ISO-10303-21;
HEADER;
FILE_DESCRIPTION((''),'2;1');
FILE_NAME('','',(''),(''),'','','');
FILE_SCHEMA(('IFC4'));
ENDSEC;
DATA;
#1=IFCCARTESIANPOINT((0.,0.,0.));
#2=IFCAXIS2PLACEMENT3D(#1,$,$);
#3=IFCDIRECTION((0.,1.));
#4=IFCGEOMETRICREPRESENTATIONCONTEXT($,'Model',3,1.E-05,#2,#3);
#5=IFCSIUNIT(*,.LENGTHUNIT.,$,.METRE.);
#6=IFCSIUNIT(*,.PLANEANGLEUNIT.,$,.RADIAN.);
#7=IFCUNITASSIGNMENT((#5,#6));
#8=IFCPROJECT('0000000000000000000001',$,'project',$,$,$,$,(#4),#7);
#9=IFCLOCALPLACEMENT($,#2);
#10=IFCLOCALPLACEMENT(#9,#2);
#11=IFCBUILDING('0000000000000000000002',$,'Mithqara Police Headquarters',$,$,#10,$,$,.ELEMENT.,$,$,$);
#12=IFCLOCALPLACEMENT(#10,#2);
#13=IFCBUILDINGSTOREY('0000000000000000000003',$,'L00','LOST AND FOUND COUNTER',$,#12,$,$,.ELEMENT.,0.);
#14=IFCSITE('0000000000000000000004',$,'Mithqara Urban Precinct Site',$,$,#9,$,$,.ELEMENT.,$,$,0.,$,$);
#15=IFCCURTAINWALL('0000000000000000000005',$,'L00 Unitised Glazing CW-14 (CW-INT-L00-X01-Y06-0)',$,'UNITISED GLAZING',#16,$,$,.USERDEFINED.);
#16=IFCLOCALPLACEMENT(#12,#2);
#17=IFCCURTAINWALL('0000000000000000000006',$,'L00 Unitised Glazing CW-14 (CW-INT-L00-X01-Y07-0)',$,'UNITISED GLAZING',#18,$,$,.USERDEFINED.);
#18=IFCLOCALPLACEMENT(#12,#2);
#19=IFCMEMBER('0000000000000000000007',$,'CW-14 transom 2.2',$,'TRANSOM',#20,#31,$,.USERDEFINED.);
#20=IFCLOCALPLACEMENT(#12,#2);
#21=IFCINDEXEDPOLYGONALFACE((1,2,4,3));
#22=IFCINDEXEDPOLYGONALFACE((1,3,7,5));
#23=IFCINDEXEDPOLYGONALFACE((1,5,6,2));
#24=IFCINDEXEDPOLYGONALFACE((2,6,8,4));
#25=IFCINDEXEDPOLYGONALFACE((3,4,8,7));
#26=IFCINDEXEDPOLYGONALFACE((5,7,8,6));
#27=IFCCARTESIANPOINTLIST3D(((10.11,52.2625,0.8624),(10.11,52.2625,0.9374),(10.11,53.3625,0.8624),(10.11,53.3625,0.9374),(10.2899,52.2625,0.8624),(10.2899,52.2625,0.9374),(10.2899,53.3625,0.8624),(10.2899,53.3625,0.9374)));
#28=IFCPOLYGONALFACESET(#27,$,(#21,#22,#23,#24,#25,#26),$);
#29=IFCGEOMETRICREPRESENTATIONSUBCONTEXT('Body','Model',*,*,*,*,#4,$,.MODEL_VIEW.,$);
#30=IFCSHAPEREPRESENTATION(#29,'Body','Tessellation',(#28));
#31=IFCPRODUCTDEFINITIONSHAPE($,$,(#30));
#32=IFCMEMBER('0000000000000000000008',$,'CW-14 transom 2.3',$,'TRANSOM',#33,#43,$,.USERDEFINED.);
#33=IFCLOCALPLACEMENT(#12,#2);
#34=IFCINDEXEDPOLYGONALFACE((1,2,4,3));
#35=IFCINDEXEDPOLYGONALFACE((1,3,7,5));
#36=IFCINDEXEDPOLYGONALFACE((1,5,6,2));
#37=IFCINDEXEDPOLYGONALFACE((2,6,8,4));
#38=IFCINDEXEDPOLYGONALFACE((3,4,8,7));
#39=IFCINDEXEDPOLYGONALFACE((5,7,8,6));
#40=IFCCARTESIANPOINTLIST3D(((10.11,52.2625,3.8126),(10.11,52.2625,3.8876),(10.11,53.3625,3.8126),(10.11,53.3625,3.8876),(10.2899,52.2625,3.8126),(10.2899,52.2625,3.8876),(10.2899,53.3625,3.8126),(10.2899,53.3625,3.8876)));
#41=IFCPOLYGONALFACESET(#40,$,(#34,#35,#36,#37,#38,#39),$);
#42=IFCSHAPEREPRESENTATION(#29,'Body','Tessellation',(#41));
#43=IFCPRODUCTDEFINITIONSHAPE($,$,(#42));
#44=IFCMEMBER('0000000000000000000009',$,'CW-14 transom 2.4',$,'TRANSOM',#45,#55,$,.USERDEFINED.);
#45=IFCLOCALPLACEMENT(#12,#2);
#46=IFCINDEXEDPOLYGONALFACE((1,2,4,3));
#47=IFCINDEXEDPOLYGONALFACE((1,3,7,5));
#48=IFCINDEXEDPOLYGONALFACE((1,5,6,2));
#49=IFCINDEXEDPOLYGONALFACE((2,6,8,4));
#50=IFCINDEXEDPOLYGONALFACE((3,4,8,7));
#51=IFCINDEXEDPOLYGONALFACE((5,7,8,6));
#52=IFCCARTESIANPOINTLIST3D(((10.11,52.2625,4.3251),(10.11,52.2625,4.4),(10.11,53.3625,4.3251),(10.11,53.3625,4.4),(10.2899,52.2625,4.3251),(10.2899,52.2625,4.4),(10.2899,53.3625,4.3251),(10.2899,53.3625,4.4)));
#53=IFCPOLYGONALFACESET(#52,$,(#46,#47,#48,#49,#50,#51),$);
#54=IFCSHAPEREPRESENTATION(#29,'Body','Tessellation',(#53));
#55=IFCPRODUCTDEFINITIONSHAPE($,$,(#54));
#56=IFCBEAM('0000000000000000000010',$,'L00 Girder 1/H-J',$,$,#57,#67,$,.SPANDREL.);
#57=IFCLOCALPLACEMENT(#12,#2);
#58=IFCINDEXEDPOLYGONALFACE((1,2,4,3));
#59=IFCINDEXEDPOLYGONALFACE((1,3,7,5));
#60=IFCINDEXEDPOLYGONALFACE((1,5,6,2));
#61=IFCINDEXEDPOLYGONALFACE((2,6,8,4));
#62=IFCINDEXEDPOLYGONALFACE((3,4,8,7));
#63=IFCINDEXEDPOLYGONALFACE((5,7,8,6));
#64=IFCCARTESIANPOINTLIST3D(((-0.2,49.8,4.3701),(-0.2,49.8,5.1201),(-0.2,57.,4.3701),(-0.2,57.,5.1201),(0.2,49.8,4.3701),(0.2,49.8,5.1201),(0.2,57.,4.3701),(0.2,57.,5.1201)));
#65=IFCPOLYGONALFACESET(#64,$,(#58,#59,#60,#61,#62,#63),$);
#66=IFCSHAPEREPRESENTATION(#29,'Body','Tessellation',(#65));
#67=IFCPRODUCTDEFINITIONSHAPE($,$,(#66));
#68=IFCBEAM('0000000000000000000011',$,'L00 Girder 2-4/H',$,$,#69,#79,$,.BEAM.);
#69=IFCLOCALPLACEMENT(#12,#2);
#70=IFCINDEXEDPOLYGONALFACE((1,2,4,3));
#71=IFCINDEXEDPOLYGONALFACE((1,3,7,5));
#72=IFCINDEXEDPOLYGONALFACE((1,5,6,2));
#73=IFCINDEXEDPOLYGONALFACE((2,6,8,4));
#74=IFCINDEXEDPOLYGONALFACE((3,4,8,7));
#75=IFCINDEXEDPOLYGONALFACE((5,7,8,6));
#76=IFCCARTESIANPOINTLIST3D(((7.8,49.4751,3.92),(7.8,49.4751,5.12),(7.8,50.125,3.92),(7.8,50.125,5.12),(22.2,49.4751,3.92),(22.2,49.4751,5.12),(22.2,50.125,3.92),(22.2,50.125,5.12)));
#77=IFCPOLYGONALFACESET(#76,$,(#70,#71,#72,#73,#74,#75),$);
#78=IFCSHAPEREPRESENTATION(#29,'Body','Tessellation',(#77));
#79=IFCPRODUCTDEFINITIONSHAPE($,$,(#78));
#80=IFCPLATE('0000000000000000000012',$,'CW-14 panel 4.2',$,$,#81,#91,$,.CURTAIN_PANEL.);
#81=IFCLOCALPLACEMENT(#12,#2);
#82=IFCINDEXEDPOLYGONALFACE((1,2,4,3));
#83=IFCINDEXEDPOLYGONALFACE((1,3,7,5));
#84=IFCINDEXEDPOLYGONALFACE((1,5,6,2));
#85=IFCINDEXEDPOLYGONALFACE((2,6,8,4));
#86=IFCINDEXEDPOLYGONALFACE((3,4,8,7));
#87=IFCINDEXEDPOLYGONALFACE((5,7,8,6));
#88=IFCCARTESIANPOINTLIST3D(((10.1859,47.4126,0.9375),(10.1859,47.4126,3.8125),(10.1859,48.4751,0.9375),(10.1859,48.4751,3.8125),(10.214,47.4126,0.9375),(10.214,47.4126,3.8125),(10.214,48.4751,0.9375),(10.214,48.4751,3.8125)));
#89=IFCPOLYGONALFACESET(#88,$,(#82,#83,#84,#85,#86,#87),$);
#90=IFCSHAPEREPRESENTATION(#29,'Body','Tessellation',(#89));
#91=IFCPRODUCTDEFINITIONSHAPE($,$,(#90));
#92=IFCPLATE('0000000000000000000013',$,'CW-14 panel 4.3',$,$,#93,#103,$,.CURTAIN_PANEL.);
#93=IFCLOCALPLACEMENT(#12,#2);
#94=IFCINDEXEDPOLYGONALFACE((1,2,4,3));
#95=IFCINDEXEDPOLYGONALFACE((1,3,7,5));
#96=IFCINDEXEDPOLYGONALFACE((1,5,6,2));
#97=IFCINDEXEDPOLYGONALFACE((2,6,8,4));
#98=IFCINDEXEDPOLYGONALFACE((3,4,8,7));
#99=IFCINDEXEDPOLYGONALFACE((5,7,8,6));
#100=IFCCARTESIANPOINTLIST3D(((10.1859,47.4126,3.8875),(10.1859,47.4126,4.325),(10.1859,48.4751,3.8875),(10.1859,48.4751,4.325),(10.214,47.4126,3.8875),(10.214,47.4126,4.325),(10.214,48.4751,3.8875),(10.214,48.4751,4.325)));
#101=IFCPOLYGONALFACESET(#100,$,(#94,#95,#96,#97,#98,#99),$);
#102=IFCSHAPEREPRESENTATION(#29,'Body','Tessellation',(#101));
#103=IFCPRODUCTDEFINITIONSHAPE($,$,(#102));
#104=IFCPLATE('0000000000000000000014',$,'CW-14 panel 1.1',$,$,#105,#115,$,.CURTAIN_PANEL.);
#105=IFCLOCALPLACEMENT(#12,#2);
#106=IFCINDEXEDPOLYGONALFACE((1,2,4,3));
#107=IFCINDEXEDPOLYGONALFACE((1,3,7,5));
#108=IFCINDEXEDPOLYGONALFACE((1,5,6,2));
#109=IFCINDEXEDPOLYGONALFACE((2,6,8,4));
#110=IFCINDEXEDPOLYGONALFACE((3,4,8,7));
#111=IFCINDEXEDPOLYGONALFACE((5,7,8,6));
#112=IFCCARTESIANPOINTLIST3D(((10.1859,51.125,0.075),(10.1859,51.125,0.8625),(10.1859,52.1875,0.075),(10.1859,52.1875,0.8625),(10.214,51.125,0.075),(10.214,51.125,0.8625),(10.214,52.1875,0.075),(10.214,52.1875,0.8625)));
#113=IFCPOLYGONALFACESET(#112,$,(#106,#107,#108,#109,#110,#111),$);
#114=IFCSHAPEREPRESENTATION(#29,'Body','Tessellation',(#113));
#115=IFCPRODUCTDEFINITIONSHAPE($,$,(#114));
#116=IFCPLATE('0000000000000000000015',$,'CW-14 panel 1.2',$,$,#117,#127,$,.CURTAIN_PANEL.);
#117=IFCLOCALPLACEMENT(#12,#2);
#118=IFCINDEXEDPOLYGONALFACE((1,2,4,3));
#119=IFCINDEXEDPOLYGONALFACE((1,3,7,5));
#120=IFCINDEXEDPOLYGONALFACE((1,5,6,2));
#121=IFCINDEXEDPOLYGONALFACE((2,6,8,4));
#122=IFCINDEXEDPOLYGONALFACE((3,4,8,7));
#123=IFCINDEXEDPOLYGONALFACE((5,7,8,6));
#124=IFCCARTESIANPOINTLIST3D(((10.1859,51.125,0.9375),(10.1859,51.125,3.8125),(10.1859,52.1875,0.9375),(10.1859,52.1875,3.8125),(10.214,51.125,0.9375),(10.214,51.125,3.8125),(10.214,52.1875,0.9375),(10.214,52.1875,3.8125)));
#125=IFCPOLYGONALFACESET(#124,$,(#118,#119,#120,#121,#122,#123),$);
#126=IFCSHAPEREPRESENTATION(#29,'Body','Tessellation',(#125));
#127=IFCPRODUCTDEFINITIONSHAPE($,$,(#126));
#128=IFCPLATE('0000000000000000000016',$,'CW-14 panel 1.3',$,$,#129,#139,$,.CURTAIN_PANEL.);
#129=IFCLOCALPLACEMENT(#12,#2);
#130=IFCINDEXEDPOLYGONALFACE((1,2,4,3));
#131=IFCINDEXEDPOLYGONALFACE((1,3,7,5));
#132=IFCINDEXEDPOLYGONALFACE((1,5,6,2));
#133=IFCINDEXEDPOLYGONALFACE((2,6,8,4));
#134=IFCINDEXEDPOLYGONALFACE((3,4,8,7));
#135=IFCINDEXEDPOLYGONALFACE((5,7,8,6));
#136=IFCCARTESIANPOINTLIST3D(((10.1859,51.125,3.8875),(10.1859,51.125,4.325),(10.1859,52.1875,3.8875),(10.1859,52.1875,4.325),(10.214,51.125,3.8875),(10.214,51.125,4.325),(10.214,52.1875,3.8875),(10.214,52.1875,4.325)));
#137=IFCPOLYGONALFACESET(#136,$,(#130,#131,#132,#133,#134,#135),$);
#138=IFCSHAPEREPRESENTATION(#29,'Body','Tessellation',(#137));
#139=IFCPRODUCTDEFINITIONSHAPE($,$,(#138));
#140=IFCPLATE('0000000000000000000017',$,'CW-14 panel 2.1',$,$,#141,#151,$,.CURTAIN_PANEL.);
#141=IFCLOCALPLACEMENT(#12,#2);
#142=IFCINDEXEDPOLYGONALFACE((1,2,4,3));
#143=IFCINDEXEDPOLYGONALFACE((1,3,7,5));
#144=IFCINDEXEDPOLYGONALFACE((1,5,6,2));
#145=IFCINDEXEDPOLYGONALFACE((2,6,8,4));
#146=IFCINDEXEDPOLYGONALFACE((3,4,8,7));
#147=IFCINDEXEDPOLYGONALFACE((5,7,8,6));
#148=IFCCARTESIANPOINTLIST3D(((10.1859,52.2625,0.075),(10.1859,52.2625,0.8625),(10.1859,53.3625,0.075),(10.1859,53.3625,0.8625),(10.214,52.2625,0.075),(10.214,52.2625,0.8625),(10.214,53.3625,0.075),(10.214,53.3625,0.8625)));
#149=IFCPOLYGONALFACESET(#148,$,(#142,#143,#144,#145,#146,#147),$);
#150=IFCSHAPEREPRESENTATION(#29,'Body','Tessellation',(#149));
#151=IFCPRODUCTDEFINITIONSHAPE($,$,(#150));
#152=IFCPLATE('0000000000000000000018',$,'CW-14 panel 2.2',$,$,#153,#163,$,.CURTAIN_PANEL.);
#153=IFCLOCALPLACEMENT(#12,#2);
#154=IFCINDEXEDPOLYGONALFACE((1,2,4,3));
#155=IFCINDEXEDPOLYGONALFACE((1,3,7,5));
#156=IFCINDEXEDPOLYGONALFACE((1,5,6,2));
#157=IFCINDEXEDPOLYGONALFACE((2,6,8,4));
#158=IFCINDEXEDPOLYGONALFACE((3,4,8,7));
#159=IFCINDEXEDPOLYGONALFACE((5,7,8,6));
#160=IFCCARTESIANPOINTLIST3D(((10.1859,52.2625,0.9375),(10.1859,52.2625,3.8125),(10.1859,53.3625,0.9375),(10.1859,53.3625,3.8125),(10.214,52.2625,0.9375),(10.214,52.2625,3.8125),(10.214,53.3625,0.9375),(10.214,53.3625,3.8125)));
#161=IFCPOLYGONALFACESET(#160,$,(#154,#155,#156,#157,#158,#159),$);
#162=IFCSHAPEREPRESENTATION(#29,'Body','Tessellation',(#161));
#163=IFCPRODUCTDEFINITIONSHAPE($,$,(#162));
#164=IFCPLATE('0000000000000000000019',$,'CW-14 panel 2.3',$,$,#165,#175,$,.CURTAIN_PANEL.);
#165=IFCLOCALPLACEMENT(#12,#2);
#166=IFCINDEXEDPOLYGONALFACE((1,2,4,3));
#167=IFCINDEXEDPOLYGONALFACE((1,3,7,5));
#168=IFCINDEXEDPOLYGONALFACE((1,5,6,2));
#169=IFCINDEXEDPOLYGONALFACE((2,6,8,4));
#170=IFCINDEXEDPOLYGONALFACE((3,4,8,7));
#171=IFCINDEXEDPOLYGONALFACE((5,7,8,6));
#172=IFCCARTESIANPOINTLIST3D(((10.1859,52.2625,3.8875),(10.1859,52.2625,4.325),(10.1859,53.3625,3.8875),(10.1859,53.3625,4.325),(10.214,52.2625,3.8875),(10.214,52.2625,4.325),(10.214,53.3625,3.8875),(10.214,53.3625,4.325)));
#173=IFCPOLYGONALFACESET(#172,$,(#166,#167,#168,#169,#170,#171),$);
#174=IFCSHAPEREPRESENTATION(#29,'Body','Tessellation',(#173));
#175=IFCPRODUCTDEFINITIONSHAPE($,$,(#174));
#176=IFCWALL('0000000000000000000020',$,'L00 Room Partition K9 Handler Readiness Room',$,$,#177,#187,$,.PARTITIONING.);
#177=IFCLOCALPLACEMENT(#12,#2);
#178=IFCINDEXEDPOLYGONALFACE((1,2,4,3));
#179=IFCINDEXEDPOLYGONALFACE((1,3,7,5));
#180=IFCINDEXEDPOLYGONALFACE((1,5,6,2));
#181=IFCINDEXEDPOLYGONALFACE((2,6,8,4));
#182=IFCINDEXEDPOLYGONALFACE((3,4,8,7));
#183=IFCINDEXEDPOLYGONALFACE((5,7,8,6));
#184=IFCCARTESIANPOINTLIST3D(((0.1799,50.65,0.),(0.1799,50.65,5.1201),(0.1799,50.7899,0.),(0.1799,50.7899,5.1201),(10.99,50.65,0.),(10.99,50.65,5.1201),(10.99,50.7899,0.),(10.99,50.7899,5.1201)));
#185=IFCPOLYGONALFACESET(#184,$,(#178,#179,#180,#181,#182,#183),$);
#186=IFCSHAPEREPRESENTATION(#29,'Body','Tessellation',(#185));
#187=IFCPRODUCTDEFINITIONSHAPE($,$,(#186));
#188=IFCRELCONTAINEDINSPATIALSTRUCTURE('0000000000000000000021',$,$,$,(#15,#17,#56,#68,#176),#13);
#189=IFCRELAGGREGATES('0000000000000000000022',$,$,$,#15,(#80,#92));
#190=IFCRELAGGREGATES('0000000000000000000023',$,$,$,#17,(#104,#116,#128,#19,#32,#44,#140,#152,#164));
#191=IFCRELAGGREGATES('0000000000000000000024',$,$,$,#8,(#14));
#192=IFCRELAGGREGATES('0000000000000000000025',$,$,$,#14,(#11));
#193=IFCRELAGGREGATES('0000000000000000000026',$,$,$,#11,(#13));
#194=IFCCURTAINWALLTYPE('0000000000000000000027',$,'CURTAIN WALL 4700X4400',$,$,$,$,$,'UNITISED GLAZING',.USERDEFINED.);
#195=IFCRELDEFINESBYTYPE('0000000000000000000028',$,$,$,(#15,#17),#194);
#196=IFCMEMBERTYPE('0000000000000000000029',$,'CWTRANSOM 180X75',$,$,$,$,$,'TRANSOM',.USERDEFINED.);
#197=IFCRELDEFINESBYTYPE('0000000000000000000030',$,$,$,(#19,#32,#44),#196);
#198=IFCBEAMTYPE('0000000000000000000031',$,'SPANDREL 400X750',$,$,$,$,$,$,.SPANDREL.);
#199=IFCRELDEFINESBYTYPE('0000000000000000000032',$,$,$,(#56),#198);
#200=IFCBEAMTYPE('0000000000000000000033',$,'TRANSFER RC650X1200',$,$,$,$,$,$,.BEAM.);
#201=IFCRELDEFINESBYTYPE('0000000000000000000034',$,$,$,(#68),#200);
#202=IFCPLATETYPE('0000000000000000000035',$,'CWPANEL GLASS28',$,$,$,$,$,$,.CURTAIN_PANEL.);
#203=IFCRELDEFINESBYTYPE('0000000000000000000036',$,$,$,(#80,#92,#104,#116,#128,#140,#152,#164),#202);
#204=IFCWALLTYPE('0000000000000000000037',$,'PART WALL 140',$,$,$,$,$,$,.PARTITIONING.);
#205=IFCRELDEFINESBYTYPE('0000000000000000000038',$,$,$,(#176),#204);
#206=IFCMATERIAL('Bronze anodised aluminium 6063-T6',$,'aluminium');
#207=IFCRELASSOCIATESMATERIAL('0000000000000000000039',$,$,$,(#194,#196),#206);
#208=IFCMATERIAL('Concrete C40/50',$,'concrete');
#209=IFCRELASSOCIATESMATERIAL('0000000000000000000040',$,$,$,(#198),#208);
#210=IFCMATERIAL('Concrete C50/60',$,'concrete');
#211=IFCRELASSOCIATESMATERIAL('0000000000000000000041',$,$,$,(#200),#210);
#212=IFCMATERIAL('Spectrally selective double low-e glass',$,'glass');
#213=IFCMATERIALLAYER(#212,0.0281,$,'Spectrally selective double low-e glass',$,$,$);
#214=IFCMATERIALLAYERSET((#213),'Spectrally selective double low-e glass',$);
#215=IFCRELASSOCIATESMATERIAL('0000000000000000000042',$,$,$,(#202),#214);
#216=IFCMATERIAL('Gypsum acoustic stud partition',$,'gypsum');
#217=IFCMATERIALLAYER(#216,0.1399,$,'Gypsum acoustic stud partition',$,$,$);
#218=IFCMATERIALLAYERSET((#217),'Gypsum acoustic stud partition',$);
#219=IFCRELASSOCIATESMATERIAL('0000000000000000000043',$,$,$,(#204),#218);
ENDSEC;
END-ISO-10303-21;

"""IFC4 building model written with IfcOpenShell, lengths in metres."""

from ifc_helpers import new_model, si_unit, direction, frame, frame_2d, origin, origin_2d, place, context, subcontext, project, spatial, rectangle, extrude, material, layer, layer_set, material_profile, profile_set, type_object, element, aggregate, save


model = new_model("IFC4")

# Units and contexts
model_context = context("Model", 3, precision=1e-05, world=origin(), true_north=direction((0.0, 1.0)))
body_context = subcontext(model_context, "Body", "Model", "MODEL_VIEW")
ifc_project = project(units=[si_unit("LENGTHUNIT", "METRE"), si_unit("PLANEANGLEUNIT", "RADIAN")], contexts=[model_context])

# Site, building, storey
site_placement = place(None, origin())
site = spatial("IfcSite", under=ifc_project, at=site_placement, Name="Mithqara Urban Precinct Site", CompositionType="ELEMENT", RefElevation=0.0)
building_placement = place(site_placement, origin())
building = spatial("IfcBuilding", under=site, at=building_placement, Name="Mithqara Police Headquarters", CompositionType="ELEMENT")
storey_placement = place(building_placement, origin())
storey = spatial("IfcBuildingStorey", under=building, at=storey_placement, Name="L00", Description="LOST AND FOUND COUNTER", CompositionType="ELEMENT", Elevation=0.0)

# Shared definitions
ifc_material_1 = material(Name="Concrete C40/50", Category="concrete")

# Shared definitions
ifc_material_2 = material(Name="Concrete C50/60", Category="concrete")

# Curtain wall
ifc_material_3 = material(Name="Bronze anodised aluminium 6063-T6", Category="aluminium")
curtain_wall_type = type_object("IfcCurtainWallType", Name="CURTAIN WALL 4700X4400", ElementType="UNITISED GLAZING", PredefinedType="USERDEFINED", material=ifc_material_3)
curtain_wall_1_placement = place(storey_placement, origin())
curtain_wall_1 = element("IfcCurtainWall", 1, at=curtain_wall_1_placement, inside=storey, type_object=curtain_wall_type, Name="L00 Unitised Glazing CW-14 (CW-INT-L00-X01-Y06-0)", ObjectType="UNITISED GLAZING", PredefinedType="USERDEFINED")

# Curtain wall, members
curtain_wall_2_placement = place(storey_placement, origin())
curtain_wall_2 = element("IfcCurtainWall", 2, at=curtain_wall_2_placement, inside=storey, type_object=curtain_wall_type, Name="L00 Unitised Glazing CW-14 (CW-INT-L00-X01-Y07-0)", ObjectType="UNITISED GLAZING", PredefinedType="USERDEFINED")
ifc_material_profile_1 = material_profile(ifc_material_3, rectangle(XDim=0.1799, YDim=0.075, at=origin_2d()), Name="CWT 180x75")
ifc_profile_set_1 = profile_set([ifc_material_profile_1], Name="Bronze anodised aluminium 6063-T6")
member_type_1 = type_object("IfcMemberType", Name="CWTRANSOM 180X75", ElementType="TRANSOM", PredefinedType="USERDEFINED", material=ifc_profile_set_1)
member_1_placement = place(storey_placement, frame((10.2, 52.2625, 0.8999), z_axis=(0.0, 1.0, 0.0), x_axis=(-1.0, 0.0, 0.0)))
member_1 = element("IfcMember", 3, at=member_1_placement, type_object=member_type_1, Name="CW-14 transom 2.2", ObjectType="TRANSOM", PredefinedType="USERDEFINED", context=body_context, shape_type="SweptSolid", body=[
    extrude(rectangle(XDim=0.1799, YDim=0.075, at=origin_2d()), origin(), (0.0, 0.0, 1.0), 1.1001),
])
member_2_placement = place(storey_placement, frame((10.2, 52.2625, 3.8501), z_axis=(0.0, 1.0, 0.0), x_axis=(-1.0, 0.0, 0.0)))
member_2 = element("IfcMember", 4, at=member_2_placement, type_object=member_type_1, Name="CW-14 transom 2.3", ObjectType="TRANSOM", PredefinedType="USERDEFINED", context=body_context, shape_type="SweptSolid", body=[
    extrude(rectangle(XDim=0.1799, YDim=0.075, at=origin_2d()), origin(), (0.0, 0.0, 1.0), 1.1001),
])
member_3_placement = place(storey_placement, frame((10.2, 52.2625, 4.3625), z_axis=(0.0, 1.0, 0.0), x_axis=(-1.0, 0.0, 0.0)))
member_3 = element("IfcMember", 5, at=member_3_placement, type_object=member_type_1, Name="CW-14 transom 2.4", ObjectType="TRANSOM", PredefinedType="USERDEFINED", context=body_context, shape_type="SweptSolid", body=[
    extrude(rectangle(XDim=0.1799, YDim=0.075, at=origin_2d()), origin(), (0.0, 0.0, 1.0), 1.1001),
])

# Beams
ifc_material_profile_2 = material_profile(ifc_material_1, rectangle(XDim=0.3999, YDim=0.75, at=origin_2d()), Name="SPB 400x750")
ifc_profile_set_2 = profile_set([ifc_material_profile_2], Name="Concrete C40/50")
beam_type_1 = type_object("IfcBeamType", Name="SPANDREL 400X750", PredefinedType="SPANDREL", material=ifc_profile_set_2)
beam_1_placement = place(storey_placement, frame((0.0, 49.8, 4.7451), z_axis=(0.0, 1.0, 0.0), x_axis=(-1.0, 0.0, 0.0)))
element("IfcBeam", 6, at=beam_1_placement, inside=storey, type_object=beam_type_1, Name="L00 Girder 1/H-J", PredefinedType="SPANDREL", context=body_context, shape_type="SweptSolid", body=[
    extrude(rectangle(XDim=0.3999, YDim=0.75, at=origin_2d()), origin(), (0.0, 0.0, 1.0), 7.2),
])
ifc_material_profile_3 = material_profile(ifc_material_2, rectangle(XDim=0.6499, YDim=1.2, at=origin_2d()), Name="RC 650x1200")
ifc_profile_set_3 = profile_set([ifc_material_profile_3], Name="Concrete C50/60")
beam_type_2 = type_object("IfcBeamType", Name="TRANSFER RC650X1200", PredefinedType="BEAM", material=ifc_profile_set_3)
beam_2_placement = place(storey_placement, frame((7.8, 49.8, 4.52), z_axis=(1.0, 0.0, 0.0), x_axis=(0.0, 1.0, 0.0)))
element("IfcBeam", 7, at=beam_2_placement, inside=storey, type_object=beam_type_2, Name="L00 Girder 2-4/H", PredefinedType="BEAM", context=body_context, shape_type="SweptSolid", body=[
    extrude(rectangle(XDim=0.6499, YDim=1.2, at=origin_2d()), origin(), (0.0, 0.0, 1.0), 14.3999),
])

# Plates
ifc_material_4 = material(Name="Spectrally selective double low-e glass", Category="glass")
ifc_layer_1 = layer(ifc_material_4, 0.0281, Name="Spectrally selective double low-e glass")
ifc_layer_set_1 = layer_set([ifc_layer_1], Name="Spectrally selective double low-e glass")
plate_type = type_object("IfcPlateType", Name="CWPANEL GLASS28", PredefinedType="CURTAIN_PANEL", material=ifc_layer_set_1)
plate_1_placement = place(storey_placement, frame((10.2, 47.9438, 0.9375), z_axis=(0.0, 0.0, 1.0), x_axis=(0.0, 1.0, 0.0)))
plate_1 = element("IfcPlate", 8, at=plate_1_placement, type_object=plate_type, Name="CW-14 panel 4.2", PredefinedType="CURTAIN_PANEL", context=body_context, shape_type="SweptSolid", body=[
    extrude(rectangle(XDim=1.0625, YDim=0.0281, at=origin_2d()), origin(), (0.0, 0.0, 1.0), 2.875),
])
plate_2_placement = place(storey_placement, frame((10.2, 47.9438, 3.8875), z_axis=(0.0, 0.0, 1.0), x_axis=(0.0, 1.0, 0.0)))
plate_2 = element("IfcPlate", 9, at=plate_2_placement, type_object=plate_type, Name="CW-14 panel 4.3", PredefinedType="CURTAIN_PANEL", context=body_context, shape_type="SweptSolid", body=[
    extrude(rectangle(XDim=1.0625, YDim=0.0281, at=origin_2d()), origin(), (0.0, 0.0, 1.0), 0.4375),
])
aggregate(curtain_wall_1, [plate_1, plate_2])
plate_3_placement = place(storey_placement, frame((10.2, 51.6562, 0.075), z_axis=(0.0, 0.0, 1.0), x_axis=(0.0, 1.0, 0.0)))
plate_3 = element("IfcPlate", 10, at=plate_3_placement, type_object=plate_type, Name="CW-14 panel 1.1", PredefinedType="CURTAIN_PANEL", context=body_context, shape_type="SweptSolid", body=[
    extrude(rectangle(XDim=1.0625, YDim=0.0281, at=origin_2d()), origin(), (0.0, 0.0, 1.0), 0.7876),
])
plate_4_placement = place(storey_placement, frame((10.2, 51.6562, 0.9375), z_axis=(0.0, 0.0, 1.0), x_axis=(0.0, 1.0, 0.0)))
plate_4 = element("IfcPlate", 11, at=plate_4_placement, type_object=plate_type, Name="CW-14 panel 1.2", PredefinedType="CURTAIN_PANEL", context=body_context, shape_type="SweptSolid", body=[
    extrude(rectangle(XDim=1.0625, YDim=0.0281, at=origin_2d()), origin(), (0.0, 0.0, 1.0), 2.875),
])
plate_5_placement = place(storey_placement, frame((10.2, 51.6562, 3.8875), z_axis=(0.0, 0.0, 1.0), x_axis=(0.0, 1.0, 0.0)))
plate_5 = element("IfcPlate", 12, at=plate_5_placement, type_object=plate_type, Name="CW-14 panel 1.3", PredefinedType="CURTAIN_PANEL", context=body_context, shape_type="SweptSolid", body=[
    extrude(rectangle(XDim=1.0625, YDim=0.0281, at=origin_2d()), origin(), (0.0, 0.0, 1.0), 0.4375),
])
plate_6_placement = place(storey_placement, frame((10.2, 52.8125, 0.075), z_axis=(0.0, 0.0, 1.0), x_axis=(0.0, 1.0, 0.0)))
plate_6 = element("IfcPlate", 13, at=plate_6_placement, type_object=plate_type, Name="CW-14 panel 2.1", PredefinedType="CURTAIN_PANEL", context=body_context, shape_type="SweptSolid", body=[
    extrude(rectangle(XDim=1.1001, YDim=0.0281, at=origin_2d()), origin(), (0.0, 0.0, 1.0), 0.7876),
])
plate_7_placement = place(storey_placement, frame((10.2, 52.8125, 0.9375), z_axis=(0.0, 0.0, 1.0), x_axis=(0.0, 1.0, 0.0)))
plate_7 = element("IfcPlate", 14, at=plate_7_placement, type_object=plate_type, Name="CW-14 panel 2.2", PredefinedType="CURTAIN_PANEL", context=body_context, shape_type="SweptSolid", body=[
    extrude(rectangle(XDim=1.1001, YDim=0.0281, at=origin_2d()), origin(), (0.0, 0.0, 1.0), 2.875),
])
plate_8_placement = place(storey_placement, frame((10.2, 52.8125, 3.8875), z_axis=(0.0, 0.0, 1.0), x_axis=(0.0, 1.0, 0.0)))
plate_8 = element("IfcPlate", 15, at=plate_8_placement, type_object=plate_type, Name="CW-14 panel 2.3", PredefinedType="CURTAIN_PANEL", context=body_context, shape_type="SweptSolid", body=[
    extrude(rectangle(XDim=1.1001, YDim=0.0281, at=origin_2d()), origin(), (0.0, 0.0, 1.0), 0.4375),
])
aggregate(curtain_wall_2, [plate_3, plate_4, plate_5, member_1, member_2, member_3, plate_6, plate_7, plate_8])

# Wall
ifc_material_5 = material(Name="Gypsum acoustic stud partition", Category="gypsum")
ifc_layer_2 = layer(ifc_material_5, 0.1399, Name="Gypsum acoustic stud partition")
ifc_layer_set_2 = layer_set([ifc_layer_2], Name="Gypsum acoustic stud partition")
wall_type = type_object("IfcWallType", Name="PART WALL 140", PredefinedType="PARTITIONING", material=ifc_layer_set_2)
wall_1_placement = place(storey_placement, frame((0.1799, 50.72, 0.0), z_axis=(0.0, 0.0, 1.0), x_axis=(1.0, 0.0, 0.0)))
element("IfcWall", 16, at=wall_1_placement, inside=storey, type_object=wall_type, Name="L00 Room Partition K9 Handler Readiness Room", PredefinedType="PARTITIONING", context=body_context, shape_type="SweptSolid", body=[
    extrude(rectangle(XDim=10.8101, YDim=0.1399, at=frame_2d((5.405, 0.0))), origin(), (0.0, 0.0, 1.0), 5.1201),
])

save(model, "model.ifc")
